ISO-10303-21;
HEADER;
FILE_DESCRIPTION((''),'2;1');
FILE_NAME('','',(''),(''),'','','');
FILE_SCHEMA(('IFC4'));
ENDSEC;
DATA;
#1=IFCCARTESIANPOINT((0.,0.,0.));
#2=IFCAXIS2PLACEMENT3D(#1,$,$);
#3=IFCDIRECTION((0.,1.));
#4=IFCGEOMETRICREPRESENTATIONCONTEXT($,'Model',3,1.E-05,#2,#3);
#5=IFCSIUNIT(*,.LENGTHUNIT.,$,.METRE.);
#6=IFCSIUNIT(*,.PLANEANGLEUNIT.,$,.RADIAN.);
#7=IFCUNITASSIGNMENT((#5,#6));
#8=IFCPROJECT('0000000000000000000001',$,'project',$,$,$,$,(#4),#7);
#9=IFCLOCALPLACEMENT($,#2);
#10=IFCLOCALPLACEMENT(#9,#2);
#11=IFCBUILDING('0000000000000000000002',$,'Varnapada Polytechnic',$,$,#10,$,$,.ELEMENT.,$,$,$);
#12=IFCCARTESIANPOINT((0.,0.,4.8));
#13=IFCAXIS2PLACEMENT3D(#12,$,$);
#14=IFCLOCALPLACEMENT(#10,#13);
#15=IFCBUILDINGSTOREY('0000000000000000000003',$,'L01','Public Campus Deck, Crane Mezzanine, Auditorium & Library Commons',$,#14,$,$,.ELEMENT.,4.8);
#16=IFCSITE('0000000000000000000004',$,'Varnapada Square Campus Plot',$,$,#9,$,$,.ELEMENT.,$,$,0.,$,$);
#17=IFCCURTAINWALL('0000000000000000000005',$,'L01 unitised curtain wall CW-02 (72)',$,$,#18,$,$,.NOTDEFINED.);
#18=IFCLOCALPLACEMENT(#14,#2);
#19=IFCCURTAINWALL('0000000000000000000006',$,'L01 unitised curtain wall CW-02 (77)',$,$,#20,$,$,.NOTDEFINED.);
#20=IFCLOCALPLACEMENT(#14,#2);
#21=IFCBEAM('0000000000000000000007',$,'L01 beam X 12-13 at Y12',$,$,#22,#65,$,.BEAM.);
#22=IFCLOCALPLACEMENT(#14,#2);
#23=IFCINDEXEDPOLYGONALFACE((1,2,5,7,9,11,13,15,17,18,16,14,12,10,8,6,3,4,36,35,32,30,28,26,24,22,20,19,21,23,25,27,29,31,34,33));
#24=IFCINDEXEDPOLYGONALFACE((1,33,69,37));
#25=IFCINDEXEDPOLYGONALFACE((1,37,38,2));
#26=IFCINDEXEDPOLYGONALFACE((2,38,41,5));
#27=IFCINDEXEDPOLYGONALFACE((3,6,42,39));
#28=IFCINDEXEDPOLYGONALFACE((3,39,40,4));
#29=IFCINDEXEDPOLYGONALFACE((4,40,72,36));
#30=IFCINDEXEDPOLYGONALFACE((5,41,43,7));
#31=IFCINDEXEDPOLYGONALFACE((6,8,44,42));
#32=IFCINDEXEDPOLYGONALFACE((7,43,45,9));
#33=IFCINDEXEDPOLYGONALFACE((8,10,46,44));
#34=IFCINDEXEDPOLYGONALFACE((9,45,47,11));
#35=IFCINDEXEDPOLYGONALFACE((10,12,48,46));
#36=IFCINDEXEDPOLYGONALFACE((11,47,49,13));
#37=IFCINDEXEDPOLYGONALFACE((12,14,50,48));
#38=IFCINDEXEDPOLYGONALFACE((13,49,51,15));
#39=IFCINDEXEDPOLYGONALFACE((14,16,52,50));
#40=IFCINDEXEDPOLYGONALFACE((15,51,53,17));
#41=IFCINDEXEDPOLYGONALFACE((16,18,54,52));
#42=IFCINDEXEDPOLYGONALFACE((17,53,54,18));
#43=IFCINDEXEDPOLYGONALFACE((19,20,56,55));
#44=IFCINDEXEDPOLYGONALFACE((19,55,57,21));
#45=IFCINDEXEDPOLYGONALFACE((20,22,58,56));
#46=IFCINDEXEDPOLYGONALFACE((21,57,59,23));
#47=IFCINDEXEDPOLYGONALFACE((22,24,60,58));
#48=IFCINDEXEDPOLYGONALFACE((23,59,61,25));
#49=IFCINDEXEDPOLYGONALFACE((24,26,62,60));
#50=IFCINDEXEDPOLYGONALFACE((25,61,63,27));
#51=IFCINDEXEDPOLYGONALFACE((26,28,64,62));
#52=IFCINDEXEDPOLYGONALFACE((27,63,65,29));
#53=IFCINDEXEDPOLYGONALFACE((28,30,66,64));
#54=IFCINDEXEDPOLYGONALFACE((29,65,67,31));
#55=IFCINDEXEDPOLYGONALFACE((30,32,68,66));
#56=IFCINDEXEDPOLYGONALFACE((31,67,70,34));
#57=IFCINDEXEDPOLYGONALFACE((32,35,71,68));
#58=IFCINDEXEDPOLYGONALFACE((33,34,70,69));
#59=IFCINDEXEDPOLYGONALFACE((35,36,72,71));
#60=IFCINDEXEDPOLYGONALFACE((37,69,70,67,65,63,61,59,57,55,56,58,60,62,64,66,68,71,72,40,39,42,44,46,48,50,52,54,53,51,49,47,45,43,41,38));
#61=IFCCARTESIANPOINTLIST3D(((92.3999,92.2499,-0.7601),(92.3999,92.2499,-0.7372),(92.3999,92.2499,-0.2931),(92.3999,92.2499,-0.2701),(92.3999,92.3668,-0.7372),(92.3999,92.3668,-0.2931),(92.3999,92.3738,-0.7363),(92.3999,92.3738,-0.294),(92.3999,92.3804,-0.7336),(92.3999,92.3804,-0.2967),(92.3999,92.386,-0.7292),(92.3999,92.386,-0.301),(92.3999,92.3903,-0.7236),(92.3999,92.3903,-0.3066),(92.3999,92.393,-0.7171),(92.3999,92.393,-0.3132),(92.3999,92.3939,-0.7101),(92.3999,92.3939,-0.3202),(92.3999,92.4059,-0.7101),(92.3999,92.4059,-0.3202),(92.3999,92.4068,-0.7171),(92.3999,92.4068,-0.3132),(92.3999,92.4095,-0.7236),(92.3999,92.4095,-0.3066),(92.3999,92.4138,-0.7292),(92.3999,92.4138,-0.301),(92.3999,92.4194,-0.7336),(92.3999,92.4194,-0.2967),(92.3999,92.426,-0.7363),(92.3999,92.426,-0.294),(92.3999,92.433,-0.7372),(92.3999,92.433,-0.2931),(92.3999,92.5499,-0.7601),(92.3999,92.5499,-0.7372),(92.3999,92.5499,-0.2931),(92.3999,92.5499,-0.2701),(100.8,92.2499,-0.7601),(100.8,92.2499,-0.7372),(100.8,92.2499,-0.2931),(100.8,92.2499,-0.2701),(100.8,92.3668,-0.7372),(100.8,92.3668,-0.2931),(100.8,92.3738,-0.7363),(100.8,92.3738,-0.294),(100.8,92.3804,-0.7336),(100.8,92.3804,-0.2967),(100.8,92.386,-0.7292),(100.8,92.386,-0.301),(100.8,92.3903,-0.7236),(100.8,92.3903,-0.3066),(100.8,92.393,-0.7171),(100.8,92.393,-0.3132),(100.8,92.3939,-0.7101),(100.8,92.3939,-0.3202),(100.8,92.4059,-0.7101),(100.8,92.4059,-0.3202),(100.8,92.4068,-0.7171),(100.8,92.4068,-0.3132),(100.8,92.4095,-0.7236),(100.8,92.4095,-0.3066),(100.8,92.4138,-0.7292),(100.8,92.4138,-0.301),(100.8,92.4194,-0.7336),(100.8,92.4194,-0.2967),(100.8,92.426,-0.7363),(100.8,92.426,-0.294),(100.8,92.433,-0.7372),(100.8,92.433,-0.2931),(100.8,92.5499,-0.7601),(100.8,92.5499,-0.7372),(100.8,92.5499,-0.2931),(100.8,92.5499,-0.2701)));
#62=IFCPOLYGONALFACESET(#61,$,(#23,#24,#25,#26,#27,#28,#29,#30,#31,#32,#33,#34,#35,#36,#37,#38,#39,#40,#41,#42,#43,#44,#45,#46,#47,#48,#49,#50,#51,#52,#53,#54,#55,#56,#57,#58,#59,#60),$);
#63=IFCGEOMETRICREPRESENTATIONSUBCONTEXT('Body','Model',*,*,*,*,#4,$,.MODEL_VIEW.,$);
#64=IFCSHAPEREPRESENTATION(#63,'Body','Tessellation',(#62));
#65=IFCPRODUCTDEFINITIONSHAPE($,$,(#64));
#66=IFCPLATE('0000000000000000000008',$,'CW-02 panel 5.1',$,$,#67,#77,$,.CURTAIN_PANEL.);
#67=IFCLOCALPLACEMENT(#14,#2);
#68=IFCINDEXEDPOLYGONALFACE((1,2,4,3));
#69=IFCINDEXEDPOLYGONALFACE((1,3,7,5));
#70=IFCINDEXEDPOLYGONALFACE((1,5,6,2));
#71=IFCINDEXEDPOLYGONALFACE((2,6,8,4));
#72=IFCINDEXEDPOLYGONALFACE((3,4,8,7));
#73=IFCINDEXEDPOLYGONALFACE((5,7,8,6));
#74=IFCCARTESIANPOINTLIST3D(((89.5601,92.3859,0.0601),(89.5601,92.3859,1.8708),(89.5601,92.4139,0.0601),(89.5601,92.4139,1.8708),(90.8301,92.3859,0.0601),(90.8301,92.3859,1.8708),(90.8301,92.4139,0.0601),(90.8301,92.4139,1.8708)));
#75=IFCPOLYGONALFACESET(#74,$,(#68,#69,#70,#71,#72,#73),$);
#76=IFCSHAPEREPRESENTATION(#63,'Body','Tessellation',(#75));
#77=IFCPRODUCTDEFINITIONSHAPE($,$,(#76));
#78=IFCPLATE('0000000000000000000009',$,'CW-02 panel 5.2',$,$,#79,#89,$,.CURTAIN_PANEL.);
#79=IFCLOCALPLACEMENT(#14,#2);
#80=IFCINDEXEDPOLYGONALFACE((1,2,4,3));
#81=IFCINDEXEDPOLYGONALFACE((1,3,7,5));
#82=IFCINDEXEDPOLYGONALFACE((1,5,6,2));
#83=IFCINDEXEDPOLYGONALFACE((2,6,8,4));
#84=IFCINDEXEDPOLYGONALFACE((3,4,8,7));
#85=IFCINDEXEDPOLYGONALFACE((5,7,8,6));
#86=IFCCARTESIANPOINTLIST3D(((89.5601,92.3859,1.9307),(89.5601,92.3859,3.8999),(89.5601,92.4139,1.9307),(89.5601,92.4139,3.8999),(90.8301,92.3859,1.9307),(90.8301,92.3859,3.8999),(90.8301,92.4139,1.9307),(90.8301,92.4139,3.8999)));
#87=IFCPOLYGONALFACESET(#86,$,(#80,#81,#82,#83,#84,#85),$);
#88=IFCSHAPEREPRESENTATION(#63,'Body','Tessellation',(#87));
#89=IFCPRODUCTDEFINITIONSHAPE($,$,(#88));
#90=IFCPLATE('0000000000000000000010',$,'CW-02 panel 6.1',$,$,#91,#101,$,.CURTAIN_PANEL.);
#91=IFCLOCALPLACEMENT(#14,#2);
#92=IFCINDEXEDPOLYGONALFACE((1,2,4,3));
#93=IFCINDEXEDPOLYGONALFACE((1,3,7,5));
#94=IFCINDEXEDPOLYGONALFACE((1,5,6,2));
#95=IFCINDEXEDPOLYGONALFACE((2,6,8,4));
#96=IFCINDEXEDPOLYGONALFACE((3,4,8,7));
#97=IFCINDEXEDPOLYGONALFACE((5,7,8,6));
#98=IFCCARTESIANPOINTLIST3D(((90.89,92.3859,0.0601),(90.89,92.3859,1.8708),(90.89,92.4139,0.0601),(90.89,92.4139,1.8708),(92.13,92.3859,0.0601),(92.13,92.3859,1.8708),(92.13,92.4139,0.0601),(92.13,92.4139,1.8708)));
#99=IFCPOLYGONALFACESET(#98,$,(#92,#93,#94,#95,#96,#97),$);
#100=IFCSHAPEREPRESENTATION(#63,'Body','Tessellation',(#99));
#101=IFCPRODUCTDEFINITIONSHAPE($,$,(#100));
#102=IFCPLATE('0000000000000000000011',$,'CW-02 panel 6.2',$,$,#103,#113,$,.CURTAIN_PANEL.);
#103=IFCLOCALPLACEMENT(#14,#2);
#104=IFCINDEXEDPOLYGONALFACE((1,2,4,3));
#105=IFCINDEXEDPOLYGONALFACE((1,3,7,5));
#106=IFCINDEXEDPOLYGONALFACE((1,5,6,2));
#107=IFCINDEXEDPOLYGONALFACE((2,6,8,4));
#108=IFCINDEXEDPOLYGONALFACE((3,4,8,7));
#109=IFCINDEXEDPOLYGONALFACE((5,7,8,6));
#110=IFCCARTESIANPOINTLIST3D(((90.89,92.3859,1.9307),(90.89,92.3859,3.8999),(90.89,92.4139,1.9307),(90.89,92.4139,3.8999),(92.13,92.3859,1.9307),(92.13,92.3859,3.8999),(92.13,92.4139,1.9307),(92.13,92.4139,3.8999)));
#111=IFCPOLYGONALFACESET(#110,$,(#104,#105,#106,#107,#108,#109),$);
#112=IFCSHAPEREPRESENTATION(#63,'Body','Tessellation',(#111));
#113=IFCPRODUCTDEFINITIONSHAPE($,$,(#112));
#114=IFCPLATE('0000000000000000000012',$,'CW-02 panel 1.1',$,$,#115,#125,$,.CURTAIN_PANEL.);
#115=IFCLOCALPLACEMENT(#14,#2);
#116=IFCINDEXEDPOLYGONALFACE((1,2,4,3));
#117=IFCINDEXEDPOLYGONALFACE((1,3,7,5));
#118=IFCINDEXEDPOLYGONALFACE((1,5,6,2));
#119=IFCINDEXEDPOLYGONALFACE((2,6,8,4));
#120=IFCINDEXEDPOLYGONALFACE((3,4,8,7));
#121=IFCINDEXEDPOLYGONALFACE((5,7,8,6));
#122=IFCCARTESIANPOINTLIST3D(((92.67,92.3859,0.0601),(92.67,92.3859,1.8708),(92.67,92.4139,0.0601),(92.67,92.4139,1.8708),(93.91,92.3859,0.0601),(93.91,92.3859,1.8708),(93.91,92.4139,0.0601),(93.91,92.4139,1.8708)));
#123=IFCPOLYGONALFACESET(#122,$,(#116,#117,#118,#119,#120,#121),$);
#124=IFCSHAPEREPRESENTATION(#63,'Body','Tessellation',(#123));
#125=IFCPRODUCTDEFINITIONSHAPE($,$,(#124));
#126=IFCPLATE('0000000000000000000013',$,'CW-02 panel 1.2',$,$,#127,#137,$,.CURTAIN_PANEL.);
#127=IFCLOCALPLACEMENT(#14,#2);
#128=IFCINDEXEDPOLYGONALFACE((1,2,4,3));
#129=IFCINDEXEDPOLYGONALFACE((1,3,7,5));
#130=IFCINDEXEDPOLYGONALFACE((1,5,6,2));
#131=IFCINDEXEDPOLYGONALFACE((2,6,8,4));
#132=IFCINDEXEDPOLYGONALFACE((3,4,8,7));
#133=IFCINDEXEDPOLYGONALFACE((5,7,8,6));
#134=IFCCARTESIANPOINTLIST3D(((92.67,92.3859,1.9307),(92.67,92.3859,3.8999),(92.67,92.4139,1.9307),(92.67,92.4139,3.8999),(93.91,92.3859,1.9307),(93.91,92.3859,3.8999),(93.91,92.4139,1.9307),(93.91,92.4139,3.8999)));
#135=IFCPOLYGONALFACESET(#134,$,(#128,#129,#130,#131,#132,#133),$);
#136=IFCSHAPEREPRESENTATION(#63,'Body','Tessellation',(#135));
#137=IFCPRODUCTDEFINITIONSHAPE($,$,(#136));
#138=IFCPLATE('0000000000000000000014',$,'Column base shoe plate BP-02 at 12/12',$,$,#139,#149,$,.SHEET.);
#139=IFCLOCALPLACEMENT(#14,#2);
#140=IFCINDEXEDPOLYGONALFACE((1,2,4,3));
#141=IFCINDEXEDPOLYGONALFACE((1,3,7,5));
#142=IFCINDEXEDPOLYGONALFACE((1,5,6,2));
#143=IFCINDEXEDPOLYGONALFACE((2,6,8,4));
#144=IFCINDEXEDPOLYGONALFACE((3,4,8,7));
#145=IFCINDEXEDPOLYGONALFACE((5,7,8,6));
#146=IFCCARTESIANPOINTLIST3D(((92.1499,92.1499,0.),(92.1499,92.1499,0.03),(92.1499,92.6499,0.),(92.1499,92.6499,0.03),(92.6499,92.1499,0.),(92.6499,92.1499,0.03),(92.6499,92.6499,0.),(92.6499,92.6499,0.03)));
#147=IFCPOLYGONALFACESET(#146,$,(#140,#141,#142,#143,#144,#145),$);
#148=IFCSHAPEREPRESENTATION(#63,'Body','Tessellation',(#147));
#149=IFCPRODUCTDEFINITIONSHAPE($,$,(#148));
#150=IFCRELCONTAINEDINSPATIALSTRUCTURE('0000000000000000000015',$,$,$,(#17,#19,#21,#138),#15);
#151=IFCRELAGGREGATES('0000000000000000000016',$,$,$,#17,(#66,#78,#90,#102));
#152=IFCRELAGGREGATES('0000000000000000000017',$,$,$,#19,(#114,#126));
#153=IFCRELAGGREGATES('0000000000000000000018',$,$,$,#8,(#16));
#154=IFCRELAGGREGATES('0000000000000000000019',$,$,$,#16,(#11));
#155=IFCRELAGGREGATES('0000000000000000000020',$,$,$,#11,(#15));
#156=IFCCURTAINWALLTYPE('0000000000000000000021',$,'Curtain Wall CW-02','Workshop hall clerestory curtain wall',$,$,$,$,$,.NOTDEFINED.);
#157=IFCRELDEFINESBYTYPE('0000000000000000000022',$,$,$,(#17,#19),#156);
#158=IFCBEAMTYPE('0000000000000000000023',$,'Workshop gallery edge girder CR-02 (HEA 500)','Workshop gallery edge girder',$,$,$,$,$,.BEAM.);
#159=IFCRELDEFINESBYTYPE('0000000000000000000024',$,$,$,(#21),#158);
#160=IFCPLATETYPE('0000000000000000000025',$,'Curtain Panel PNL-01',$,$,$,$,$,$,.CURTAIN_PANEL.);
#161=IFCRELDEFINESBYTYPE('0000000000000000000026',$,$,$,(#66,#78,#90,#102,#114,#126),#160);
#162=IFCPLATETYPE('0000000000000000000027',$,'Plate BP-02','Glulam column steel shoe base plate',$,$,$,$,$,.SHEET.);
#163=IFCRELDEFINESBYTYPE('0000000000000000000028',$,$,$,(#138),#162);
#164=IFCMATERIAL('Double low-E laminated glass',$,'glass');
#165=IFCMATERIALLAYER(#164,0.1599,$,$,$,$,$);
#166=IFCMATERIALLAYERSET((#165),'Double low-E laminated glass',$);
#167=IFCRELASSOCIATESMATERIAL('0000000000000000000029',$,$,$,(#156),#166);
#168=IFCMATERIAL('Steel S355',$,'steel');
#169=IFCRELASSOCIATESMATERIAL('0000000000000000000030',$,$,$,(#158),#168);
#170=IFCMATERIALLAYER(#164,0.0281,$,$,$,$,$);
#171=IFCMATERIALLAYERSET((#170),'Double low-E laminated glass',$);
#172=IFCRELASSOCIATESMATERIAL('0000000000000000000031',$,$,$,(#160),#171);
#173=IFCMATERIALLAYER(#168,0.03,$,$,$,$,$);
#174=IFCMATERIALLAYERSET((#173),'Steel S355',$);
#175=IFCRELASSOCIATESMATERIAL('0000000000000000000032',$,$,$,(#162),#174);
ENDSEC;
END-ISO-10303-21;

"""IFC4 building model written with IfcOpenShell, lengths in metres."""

from ifc_helpers import new_model, si_unit, direction, frame, origin, origin_2d, place, context, subcontext, project, spatial, rectangle, i_section, extrude, material, layer, layer_set, material_profile, profile_set, type_object, element, aggregate, save


model = new_model("IFC4")

# Units and contexts
model_context = context("Model", 3, precision=1e-05, world=origin(), true_north=direction((0.0, 1.0)))
body_context = subcontext(model_context, "Body", "Model", "MODEL_VIEW")
ifc_project = project(units=[si_unit("LENGTHUNIT", "METRE"), si_unit("PLANEANGLEUNIT", "RADIAN")], contexts=[model_context])

# Site, building, storey
site_placement = place(None, origin())
site = spatial("IfcSite", under=ifc_project, at=site_placement, Name="Varnapada Square Campus Plot", CompositionType="ELEMENT", RefElevation=0.0)
building_placement = place(site_placement, origin())
building = spatial("IfcBuilding", under=site, at=building_placement, Name="Varnapada Polytechnic", CompositionType="ELEMENT")
storey_placement = place(building_placement, frame((0.0, 0.0, 4.8)))
storey = spatial("IfcBuildingStorey", under=building, at=storey_placement, Name="L01", Description="Public Campus Deck, Crane Mezzanine, Auditorium & Library Commons", CompositionType="ELEMENT", Elevation=4.8)

# Shared definitions
ifc_material_1 = material(Name="Steel S355", Category="steel")

# Curtain wall
ifc_material_2 = material(Name="Double low-E laminated glass", Category="glass")
ifc_layer_1 = layer(ifc_material_2, 0.1599)
ifc_layer_set_1 = layer_set([ifc_layer_1], Name="Double low-E laminated glass")
curtain_wall_type_1 = type_object("IfcCurtainWallType", Name="Curtain Wall CW-02", Description="Workshop hall clerestory curtain wall", PredefinedType="NOTDEFINED", material=ifc_layer_set_1)
curtain_wall_1_placement = place(storey_placement, origin())
curtain_wall_1 = element("IfcCurtainWall", 1, at=curtain_wall_1_placement, inside=storey, type_object=curtain_wall_type_1, Name="L01 unitised curtain wall CW-02 (72)", PredefinedType="NOTDEFINED")

# Curtain wall
curtain_wall_2_placement = place(storey_placement, origin())
curtain_wall_2 = element("IfcCurtainWall", 2, at=curtain_wall_2_placement, inside=storey, type_object=curtain_wall_type_1, Name="L01 unitised curtain wall CW-02 (77)", PredefinedType="NOTDEFINED")

# Beam
ifc_material_profile_1 = material_profile(ifc_material_1, i_section(OverallWidth=0.3, OverallDepth=0.49, WebThickness=0.012, FlangeThickness=0.0229, FilletRadius=0.0271, at=origin_2d()), Name="HEA 500")
ifc_profile_set_1 = profile_set([ifc_material_profile_1], Name="Steel S355")
beam_type_1 = type_object("IfcBeamType", Name="Workshop gallery edge girder CR-02 (HEA 500)", Description="Workshop gallery edge girder", PredefinedType="BEAM", material=ifc_profile_set_1)
beam_1_placement = place(storey_placement, frame((92.3999, 92.3999, -0.5151), z_axis=(1.0, 0.0, 0.0), x_axis=(0.0, 1.0, 0.0)))
element("IfcBeam", 3, at=beam_1_placement, inside=storey, type_object=beam_type_1, Name="L01 beam X 12-13 at Y12", PredefinedType="BEAM", context=body_context, shape_type="SweptSolid", body=[
    extrude(i_section(OverallWidth=0.3, OverallDepth=0.49, WebThickness=0.012, FlangeThickness=0.0229, FilletRadius=0.0271, at=origin_2d()), origin(), (0.0, 0.0, 1.0), 8.4001),
])

# Plates
ifc_layer_2 = layer(ifc_material_2, 0.0281)
ifc_layer_set_2 = layer_set([ifc_layer_2], Name="Double low-E laminated glass")
plate_type_1 = type_object("IfcPlateType", Name="Curtain Panel PNL-01", PredefinedType="CURTAIN_PANEL", material=ifc_layer_set_2)
plate_1_placement = place(storey_placement, frame((90.1951, 92.3999, 0.0601), z_axis=(0.0, 0.0, 1.0), x_axis=(1.0, 0.0, 0.0)))
plate_1 = element("IfcPlate", 4, at=plate_1_placement, type_object=plate_type_1, Name="CW-02 panel 5.1", PredefinedType="CURTAIN_PANEL", context=body_context, shape_type="SweptSolid", body=[
    extrude(rectangle(XDim=1.27, YDim=0.0281, at=origin_2d()), origin(), (0.0, 0.0, 1.0), 1.8108),
])
plate_2_placement = place(storey_placement, frame((90.1951, 92.3999, 1.9307), z_axis=(0.0, 0.0, 1.0), x_axis=(1.0, 0.0, 0.0)))
plate_2 = element("IfcPlate", 5, at=plate_2_placement, type_object=plate_type_1, Name="CW-02 panel 5.2", PredefinedType="CURTAIN_PANEL", context=body_context, shape_type="SweptSolid", body=[
    extrude(rectangle(XDim=1.27, YDim=0.0281, at=origin_2d()), origin(), (0.0, 0.0, 1.0), 1.9692),
])
plate_3_placement = place(storey_placement, frame((91.51, 92.3999, 0.0601), z_axis=(0.0, 0.0, 1.0), x_axis=(1.0, 0.0, 0.0)))
plate_3 = element("IfcPlate", 6, at=plate_3_placement, type_object=plate_type_1, Name="CW-02 panel 6.1", PredefinedType="CURTAIN_PANEL", context=body_context, shape_type="SweptSolid", body=[
    extrude(rectangle(XDim=1.24, YDim=0.0281, at=origin_2d()), origin(), (0.0, 0.0, 1.0), 1.8108),
])
plate_4_placement = place(storey_placement, frame((91.51, 92.3999, 1.9307), z_axis=(0.0, 0.0, 1.0), x_axis=(1.0, 0.0, 0.0)))
plate_4 = element("IfcPlate", 7, at=plate_4_placement, type_object=plate_type_1, Name="CW-02 panel 6.2", PredefinedType="CURTAIN_PANEL", context=body_context, shape_type="SweptSolid", body=[
    extrude(rectangle(XDim=1.24, YDim=0.0281, at=origin_2d()), origin(), (0.0, 0.0, 1.0), 1.9692),
])
aggregate(curtain_wall_1, [plate_1, plate_2, plate_3, plate_4])
plate_5_placement = place(storey_placement, frame((93.29, 92.3999, 0.0601), z_axis=(0.0, 0.0, 1.0), x_axis=(1.0, 0.0, 0.0)))
plate_5 = element("IfcPlate", 8, at=plate_5_placement, type_object=plate_type_1, Name="CW-02 panel 1.1", PredefinedType="CURTAIN_PANEL", context=body_context, shape_type="SweptSolid", body=[
    extrude(rectangle(XDim=1.24, YDim=0.0281, at=origin_2d()), origin(), (0.0, 0.0, 1.0), 1.8108),
])
plate_6_placement = place(storey_placement, frame((93.29, 92.3999, 1.9307), z_axis=(0.0, 0.0, 1.0), x_axis=(1.0, 0.0, 0.0)))
plate_6 = element("IfcPlate", 9, at=plate_6_placement, type_object=plate_type_1, Name="CW-02 panel 1.2", PredefinedType="CURTAIN_PANEL", context=body_context, shape_type="SweptSolid", body=[
    extrude(rectangle(XDim=1.24, YDim=0.0281, at=origin_2d()), origin(), (0.0, 0.0, 1.0), 1.9692),
])
aggregate(curtain_wall_2, [plate_5, plate_6])
ifc_layer_3 = layer(ifc_material_1, 0.03)
ifc_layer_set_3 = layer_set([ifc_layer_3], Name="Steel S355")
plate_type_2 = type_object("IfcPlateType", Name="Plate BP-02", Description="Glulam column steel shoe base plate", PredefinedType="SHEET", material=ifc_layer_set_3)
plate_7_placement = place(storey_placement, frame((92.3999, 92.3999, 0.0), z_axis=(0.0, 0.0, 1.0), x_axis=(1.0, 0.0, 0.0)))
element("IfcPlate", 10, at=plate_7_placement, inside=storey, type_object=plate_type_2, Name="Column base shoe plate BP-02 at 12/12", PredefinedType="SHEET", context=body_context, shape_type="SweptSolid", body=[
    extrude(rectangle(XDim=0.5, YDim=0.5, at=origin_2d()), origin(), (0.0, 0.0, 1.0), 0.03),
])

save(model, "model.ifc")
